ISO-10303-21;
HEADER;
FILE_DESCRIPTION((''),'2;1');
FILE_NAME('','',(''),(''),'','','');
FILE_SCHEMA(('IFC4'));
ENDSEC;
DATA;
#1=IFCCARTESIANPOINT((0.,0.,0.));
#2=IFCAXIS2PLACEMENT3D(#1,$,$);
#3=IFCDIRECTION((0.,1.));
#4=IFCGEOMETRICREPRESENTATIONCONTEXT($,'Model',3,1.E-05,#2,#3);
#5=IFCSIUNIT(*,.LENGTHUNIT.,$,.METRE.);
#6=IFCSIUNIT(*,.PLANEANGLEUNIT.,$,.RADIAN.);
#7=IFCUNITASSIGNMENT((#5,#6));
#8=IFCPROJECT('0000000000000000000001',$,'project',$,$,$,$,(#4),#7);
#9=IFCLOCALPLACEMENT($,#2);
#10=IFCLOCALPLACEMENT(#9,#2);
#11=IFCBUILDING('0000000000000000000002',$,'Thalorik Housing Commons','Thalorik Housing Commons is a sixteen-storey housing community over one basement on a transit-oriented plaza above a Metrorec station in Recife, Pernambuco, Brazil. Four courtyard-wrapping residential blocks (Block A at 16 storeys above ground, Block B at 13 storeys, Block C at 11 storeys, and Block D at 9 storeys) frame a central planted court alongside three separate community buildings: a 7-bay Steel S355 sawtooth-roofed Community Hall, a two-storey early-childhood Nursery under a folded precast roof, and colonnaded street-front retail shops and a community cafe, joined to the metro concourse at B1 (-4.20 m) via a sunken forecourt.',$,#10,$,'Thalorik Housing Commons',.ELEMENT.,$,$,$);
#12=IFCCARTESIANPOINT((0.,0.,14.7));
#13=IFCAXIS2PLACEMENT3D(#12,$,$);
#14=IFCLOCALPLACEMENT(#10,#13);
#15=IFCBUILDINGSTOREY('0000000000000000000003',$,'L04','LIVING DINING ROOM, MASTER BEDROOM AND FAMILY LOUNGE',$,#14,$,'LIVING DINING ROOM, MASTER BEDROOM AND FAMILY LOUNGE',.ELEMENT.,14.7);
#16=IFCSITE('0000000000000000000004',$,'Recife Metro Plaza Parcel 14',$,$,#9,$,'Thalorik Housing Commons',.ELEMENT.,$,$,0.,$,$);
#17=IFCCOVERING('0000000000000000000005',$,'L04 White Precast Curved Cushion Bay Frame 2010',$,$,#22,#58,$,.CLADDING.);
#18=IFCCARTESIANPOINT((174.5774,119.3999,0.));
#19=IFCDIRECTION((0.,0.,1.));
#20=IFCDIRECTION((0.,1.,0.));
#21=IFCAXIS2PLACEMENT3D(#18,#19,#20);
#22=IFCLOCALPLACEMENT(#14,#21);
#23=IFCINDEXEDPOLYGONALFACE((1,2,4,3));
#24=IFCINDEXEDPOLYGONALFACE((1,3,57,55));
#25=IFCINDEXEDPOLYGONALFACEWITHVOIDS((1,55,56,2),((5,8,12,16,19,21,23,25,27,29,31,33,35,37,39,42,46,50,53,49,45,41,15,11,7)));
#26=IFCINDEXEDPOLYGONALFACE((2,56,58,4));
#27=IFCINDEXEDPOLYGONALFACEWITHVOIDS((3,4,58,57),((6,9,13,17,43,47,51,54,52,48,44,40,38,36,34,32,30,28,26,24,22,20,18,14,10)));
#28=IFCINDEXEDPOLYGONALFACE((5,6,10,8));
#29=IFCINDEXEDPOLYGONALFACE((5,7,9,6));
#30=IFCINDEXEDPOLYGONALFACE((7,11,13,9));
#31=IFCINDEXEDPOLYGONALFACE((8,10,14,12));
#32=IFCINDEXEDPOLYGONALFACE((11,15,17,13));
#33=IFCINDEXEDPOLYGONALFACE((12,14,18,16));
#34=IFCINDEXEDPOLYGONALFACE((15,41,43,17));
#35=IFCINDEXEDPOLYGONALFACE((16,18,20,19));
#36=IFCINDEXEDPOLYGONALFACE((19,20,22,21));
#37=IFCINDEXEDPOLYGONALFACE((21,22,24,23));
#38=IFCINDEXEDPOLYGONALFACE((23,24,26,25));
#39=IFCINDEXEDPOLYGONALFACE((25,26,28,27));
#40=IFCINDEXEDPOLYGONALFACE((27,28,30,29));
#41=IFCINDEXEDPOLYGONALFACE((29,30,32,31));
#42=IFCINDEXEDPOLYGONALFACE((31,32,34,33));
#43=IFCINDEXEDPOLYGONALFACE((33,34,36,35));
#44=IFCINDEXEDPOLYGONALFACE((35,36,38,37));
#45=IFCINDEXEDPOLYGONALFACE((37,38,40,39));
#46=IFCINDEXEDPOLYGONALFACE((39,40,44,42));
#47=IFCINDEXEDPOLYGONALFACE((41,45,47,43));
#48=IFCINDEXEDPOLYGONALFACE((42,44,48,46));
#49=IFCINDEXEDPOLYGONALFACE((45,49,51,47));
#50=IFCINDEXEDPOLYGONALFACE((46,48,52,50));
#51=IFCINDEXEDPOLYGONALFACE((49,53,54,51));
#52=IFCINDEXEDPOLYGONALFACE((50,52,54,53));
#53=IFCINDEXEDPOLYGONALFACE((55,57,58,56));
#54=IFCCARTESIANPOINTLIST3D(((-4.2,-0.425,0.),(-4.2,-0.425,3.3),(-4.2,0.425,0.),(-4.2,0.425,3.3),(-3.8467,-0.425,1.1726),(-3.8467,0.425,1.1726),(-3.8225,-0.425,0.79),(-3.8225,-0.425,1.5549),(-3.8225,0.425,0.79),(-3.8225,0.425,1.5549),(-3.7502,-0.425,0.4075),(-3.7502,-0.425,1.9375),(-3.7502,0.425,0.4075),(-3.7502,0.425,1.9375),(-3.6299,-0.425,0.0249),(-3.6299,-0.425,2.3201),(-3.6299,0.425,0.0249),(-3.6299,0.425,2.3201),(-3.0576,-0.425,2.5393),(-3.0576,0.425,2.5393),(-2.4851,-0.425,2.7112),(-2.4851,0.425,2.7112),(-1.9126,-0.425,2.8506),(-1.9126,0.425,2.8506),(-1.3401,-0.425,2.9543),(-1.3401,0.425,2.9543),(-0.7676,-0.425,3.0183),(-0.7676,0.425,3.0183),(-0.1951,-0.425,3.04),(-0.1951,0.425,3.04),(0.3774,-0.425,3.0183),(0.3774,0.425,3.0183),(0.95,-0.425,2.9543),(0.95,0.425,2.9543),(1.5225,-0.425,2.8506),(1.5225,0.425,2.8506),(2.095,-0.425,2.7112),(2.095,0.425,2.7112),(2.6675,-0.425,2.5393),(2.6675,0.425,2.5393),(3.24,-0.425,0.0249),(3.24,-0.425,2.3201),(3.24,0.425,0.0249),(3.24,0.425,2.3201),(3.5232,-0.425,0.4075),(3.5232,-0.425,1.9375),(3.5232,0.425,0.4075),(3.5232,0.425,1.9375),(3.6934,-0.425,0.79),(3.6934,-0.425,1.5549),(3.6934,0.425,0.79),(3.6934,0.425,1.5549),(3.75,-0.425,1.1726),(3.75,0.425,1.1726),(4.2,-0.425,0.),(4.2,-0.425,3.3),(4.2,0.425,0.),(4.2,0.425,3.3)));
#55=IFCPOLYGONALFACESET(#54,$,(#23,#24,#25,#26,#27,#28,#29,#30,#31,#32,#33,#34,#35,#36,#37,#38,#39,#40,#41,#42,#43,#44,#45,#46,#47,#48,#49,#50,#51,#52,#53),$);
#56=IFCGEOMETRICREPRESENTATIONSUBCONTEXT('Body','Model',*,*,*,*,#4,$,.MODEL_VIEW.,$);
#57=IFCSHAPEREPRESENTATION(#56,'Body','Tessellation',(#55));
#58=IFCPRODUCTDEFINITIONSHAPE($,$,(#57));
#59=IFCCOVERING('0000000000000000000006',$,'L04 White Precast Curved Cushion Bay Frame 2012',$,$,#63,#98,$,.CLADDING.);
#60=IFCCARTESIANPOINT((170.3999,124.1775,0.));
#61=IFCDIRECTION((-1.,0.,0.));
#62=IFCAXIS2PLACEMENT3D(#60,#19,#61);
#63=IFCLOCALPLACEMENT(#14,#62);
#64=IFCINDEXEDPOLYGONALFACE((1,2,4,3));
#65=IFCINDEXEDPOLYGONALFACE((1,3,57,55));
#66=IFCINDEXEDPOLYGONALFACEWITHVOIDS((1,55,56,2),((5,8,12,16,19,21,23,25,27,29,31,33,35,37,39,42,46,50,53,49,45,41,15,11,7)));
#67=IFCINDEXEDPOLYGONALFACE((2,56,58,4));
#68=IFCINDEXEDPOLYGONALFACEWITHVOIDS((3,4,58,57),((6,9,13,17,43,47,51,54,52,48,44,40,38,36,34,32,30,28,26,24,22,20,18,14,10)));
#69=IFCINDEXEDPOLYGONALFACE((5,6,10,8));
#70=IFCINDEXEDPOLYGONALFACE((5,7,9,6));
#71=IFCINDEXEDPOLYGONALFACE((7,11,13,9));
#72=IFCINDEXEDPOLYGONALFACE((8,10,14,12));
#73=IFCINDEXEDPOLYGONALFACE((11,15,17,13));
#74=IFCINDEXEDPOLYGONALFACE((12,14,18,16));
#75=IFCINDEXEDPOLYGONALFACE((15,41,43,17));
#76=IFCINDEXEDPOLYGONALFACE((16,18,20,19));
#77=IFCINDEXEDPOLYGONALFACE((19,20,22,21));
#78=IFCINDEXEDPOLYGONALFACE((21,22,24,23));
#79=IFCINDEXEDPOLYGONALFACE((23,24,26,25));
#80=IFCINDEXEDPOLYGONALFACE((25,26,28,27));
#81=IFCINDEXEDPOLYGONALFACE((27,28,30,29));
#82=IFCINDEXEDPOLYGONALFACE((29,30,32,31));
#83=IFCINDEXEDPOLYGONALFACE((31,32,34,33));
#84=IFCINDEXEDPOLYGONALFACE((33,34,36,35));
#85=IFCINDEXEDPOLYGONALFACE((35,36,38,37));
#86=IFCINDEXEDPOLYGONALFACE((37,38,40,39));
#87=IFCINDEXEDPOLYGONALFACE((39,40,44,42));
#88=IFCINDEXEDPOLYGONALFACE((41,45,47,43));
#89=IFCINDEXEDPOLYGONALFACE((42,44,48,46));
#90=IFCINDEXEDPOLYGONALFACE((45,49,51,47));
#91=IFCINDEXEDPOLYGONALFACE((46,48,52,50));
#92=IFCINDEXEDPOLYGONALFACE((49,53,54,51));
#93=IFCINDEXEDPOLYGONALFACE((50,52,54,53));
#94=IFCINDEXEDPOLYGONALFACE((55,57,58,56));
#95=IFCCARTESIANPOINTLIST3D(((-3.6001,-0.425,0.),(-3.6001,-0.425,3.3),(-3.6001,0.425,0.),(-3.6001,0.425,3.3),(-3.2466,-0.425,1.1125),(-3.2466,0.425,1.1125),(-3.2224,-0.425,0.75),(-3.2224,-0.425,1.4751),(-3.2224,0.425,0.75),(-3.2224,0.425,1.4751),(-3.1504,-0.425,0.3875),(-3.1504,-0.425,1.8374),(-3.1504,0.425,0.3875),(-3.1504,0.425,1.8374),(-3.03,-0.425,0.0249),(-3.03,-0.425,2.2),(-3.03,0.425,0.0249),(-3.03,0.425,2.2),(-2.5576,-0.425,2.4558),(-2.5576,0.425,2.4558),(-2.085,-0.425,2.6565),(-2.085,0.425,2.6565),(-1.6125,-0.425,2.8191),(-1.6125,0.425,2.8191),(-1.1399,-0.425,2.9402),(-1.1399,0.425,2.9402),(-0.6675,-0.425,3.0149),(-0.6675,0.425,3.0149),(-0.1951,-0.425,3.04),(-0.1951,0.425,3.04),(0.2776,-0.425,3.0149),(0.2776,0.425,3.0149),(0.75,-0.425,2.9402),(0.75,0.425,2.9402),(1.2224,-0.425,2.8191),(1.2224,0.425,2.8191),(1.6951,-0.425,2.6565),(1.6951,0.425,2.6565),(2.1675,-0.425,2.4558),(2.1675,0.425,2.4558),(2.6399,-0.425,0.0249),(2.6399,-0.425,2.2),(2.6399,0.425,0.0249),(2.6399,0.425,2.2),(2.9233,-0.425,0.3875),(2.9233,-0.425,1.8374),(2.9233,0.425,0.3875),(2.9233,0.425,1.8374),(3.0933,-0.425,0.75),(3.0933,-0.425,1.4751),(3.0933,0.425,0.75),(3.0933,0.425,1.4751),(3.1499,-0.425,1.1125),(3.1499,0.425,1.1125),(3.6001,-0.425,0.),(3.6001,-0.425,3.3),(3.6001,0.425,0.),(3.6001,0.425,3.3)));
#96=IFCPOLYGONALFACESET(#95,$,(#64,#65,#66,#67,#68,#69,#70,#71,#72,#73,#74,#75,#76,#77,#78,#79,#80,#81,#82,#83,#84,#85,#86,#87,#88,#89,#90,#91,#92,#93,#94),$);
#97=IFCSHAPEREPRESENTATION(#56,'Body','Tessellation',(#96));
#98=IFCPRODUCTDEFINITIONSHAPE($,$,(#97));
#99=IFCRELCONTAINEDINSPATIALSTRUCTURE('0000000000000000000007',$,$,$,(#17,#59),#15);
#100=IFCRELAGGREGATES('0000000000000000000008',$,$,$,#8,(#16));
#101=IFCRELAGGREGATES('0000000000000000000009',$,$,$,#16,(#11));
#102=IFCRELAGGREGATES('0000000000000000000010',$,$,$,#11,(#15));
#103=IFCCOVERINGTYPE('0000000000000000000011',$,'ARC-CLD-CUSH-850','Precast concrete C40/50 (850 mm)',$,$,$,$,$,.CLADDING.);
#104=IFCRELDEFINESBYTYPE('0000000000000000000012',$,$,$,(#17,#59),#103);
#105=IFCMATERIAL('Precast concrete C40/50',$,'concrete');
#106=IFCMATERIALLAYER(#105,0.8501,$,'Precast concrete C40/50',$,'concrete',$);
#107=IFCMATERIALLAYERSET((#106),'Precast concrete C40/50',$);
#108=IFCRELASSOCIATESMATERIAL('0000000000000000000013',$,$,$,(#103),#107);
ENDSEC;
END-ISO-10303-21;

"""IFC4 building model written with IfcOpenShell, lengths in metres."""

from ifc_helpers import new_model, si_unit, direction, frame, origin, place, context, subcontext, project, spatial, polyline, outline, extrude, material, layer, layer_set, type_object, element, save


model = new_model("IFC4")

# Units and contexts
model_context = context("Model", 3, precision=1e-05, world=origin(), true_north=direction((0.0, 1.0)))
body_context = subcontext(model_context, "Body", "Model", "MODEL_VIEW")
ifc_project = project(units=[si_unit("LENGTHUNIT", "METRE"), si_unit("PLANEANGLEUNIT", "RADIAN")], contexts=[model_context])

# Site, building, storey
site_placement = place(None, origin())
site = spatial("IfcSite", under=ifc_project, at=site_placement, Name="Recife Metro Plaza Parcel 14", LongName="Thalorik Housing Commons", CompositionType="ELEMENT", RefElevation=0.0)
building_placement = place(site_placement, origin())
building = spatial("IfcBuilding", under=site, at=building_placement, Name="Thalorik Housing Commons", Description="Thalorik Housing Commons is a sixteen-storey housing community over one basement on a transit-oriented plaza above a Metrorec station in Recife, Pernambuco, Brazil. Four courtyard-wrapping residential blocks (Block A at 16 storeys above ground, Block B at 13 storeys, Block C at 11 storeys, and Block D at 9 storeys) frame a central planted court alongside three separate community buildings: a 7-bay Steel S355 sawtooth-roofed Community Hall, a two-storey early-childhood Nursery under a folded precast roof, and colonnaded street-front retail shops and a community cafe, joined to the metro concourse at B1 (-4.20 m) via a sunken forecourt.", LongName="Thalorik Housing Commons", CompositionType="ELEMENT")
storey_placement = place(building_placement, frame((0.0, 0.0, 14.7)))
storey = spatial("IfcBuildingStorey", under=building, at=storey_placement, Name="L04", Description="LIVING DINING ROOM, MASTER BEDROOM AND FAMILY LOUNGE", LongName="LIVING DINING ROOM, MASTER BEDROOM AND FAMILY LOUNGE", CompositionType="ELEMENT", Elevation=14.7)

# Shared definitions
ifc_material_1 = material(Name="Precast concrete C40/50", Category="concrete")

# Coverings
ifc_layer_1 = layer(ifc_material_1, 0.8501, Name="Precast concrete C40/50", Category="concrete")
ifc_layer_set_1 = layer_set([ifc_layer_1], Name="Precast concrete C40/50")
covering_type_1 = type_object("IfcCoveringType", Name="ARC-CLD-CUSH-850", Description="Precast concrete C40/50 (850 mm)", PredefinedType="CLADDING", material=ifc_layer_set_1)
covering_1_placement = place(storey_placement, frame((174.5774, 119.3999, 0.0), z_axis=(0.0, 0.0, 1.0), x_axis=(0.0, 1.0, 0.0)))
element("IfcCovering", 1, at=covering_1_placement, inside=storey, type_object=covering_type_1, Name="L04 White Precast Curved Cushion Bay Frame 2010", PredefinedType="CLADDING", context=body_context, shape_type="SweptSolid", body=[
    extrude(outline(polyline([(-4.2, 0.0), (4.2, 0.0), (4.2, 3.3), (-4.2, 3.3), (-4.2, 0.0)]), holes=[polyline([(3.24, 0.0249), (3.5232, 0.4075), (3.6934, 0.79), (3.75, 1.1726), (3.6934, 1.5549), (3.5232, 1.9375), (3.24, 2.3201), (2.6675, 2.5393), (2.095, 2.7112), (1.5225, 2.8506), (0.95, 2.9543), (0.3774, 3.0183), (-0.1951, 3.04), (-0.7676, 3.0183), (-1.3401, 2.9543), (-1.9126, 2.8506), (-2.4851, 2.7112), (-3.0576, 2.5393), (-3.6299, 2.3201), (-3.7502, 1.9375), (-3.8225, 1.5549), (-3.8467, 1.1726), (-3.8225, 0.79), (-3.7502, 0.4075), (-3.6299, 0.0249), (3.24, 0.0249)])]), frame((0.0, 0.425, 0.0), z_axis=(0.0, -1.0, 0.0), x_axis=(1.0, 0.0, 0.0)), (0.0, 0.0, 1.0), 0.8501),
])
covering_2_placement = place(storey_placement, frame((170.3999, 124.1775, 0.0), z_axis=(0.0, 0.0, 1.0), x_axis=(-1.0, 0.0, 0.0)))
element("IfcCovering", 2, at=covering_2_placement, inside=storey, type_object=covering_type_1, Name="L04 White Precast Curved Cushion Bay Frame 2012", PredefinedType="CLADDING", context=body_context, shape_type="SweptSolid", body=[
    extrude(outline(polyline([(-3.6001, 0.0), (3.6001, 0.0), (3.6001, 3.3), (-3.6001, 3.3), (-3.6001, 0.0)]), holes=[polyline([(2.6399, 0.0249), (2.9233, 0.3875), (3.0933, 0.75), (3.1499, 1.1125), (3.0933, 1.4751), (2.9233, 1.8374), (2.6399, 2.2), (2.1675, 2.4558), (1.6951, 2.6565), (1.2224, 2.8191), (0.75, 2.9402), (0.2776, 3.0149), (-0.1951, 3.04), (-0.6675, 3.0149), (-1.1399, 2.9402), (-1.6125, 2.8191), (-2.085, 2.6565), (-2.5576, 2.4558), (-3.03, 2.2), (-3.1504, 1.8374), (-3.2224, 1.4751), (-3.2466, 1.1125), (-3.2224, 0.75), (-3.1504, 0.3875), (-3.03, 0.0249), (2.6399, 0.0249)])]), frame((0.0, 0.425, 0.0), z_axis=(0.0, -1.0, 0.0), x_axis=(1.0, 0.0, 0.0)), (0.0, 0.0, 1.0), 0.8501),
])

save(model, "model.ifc")
